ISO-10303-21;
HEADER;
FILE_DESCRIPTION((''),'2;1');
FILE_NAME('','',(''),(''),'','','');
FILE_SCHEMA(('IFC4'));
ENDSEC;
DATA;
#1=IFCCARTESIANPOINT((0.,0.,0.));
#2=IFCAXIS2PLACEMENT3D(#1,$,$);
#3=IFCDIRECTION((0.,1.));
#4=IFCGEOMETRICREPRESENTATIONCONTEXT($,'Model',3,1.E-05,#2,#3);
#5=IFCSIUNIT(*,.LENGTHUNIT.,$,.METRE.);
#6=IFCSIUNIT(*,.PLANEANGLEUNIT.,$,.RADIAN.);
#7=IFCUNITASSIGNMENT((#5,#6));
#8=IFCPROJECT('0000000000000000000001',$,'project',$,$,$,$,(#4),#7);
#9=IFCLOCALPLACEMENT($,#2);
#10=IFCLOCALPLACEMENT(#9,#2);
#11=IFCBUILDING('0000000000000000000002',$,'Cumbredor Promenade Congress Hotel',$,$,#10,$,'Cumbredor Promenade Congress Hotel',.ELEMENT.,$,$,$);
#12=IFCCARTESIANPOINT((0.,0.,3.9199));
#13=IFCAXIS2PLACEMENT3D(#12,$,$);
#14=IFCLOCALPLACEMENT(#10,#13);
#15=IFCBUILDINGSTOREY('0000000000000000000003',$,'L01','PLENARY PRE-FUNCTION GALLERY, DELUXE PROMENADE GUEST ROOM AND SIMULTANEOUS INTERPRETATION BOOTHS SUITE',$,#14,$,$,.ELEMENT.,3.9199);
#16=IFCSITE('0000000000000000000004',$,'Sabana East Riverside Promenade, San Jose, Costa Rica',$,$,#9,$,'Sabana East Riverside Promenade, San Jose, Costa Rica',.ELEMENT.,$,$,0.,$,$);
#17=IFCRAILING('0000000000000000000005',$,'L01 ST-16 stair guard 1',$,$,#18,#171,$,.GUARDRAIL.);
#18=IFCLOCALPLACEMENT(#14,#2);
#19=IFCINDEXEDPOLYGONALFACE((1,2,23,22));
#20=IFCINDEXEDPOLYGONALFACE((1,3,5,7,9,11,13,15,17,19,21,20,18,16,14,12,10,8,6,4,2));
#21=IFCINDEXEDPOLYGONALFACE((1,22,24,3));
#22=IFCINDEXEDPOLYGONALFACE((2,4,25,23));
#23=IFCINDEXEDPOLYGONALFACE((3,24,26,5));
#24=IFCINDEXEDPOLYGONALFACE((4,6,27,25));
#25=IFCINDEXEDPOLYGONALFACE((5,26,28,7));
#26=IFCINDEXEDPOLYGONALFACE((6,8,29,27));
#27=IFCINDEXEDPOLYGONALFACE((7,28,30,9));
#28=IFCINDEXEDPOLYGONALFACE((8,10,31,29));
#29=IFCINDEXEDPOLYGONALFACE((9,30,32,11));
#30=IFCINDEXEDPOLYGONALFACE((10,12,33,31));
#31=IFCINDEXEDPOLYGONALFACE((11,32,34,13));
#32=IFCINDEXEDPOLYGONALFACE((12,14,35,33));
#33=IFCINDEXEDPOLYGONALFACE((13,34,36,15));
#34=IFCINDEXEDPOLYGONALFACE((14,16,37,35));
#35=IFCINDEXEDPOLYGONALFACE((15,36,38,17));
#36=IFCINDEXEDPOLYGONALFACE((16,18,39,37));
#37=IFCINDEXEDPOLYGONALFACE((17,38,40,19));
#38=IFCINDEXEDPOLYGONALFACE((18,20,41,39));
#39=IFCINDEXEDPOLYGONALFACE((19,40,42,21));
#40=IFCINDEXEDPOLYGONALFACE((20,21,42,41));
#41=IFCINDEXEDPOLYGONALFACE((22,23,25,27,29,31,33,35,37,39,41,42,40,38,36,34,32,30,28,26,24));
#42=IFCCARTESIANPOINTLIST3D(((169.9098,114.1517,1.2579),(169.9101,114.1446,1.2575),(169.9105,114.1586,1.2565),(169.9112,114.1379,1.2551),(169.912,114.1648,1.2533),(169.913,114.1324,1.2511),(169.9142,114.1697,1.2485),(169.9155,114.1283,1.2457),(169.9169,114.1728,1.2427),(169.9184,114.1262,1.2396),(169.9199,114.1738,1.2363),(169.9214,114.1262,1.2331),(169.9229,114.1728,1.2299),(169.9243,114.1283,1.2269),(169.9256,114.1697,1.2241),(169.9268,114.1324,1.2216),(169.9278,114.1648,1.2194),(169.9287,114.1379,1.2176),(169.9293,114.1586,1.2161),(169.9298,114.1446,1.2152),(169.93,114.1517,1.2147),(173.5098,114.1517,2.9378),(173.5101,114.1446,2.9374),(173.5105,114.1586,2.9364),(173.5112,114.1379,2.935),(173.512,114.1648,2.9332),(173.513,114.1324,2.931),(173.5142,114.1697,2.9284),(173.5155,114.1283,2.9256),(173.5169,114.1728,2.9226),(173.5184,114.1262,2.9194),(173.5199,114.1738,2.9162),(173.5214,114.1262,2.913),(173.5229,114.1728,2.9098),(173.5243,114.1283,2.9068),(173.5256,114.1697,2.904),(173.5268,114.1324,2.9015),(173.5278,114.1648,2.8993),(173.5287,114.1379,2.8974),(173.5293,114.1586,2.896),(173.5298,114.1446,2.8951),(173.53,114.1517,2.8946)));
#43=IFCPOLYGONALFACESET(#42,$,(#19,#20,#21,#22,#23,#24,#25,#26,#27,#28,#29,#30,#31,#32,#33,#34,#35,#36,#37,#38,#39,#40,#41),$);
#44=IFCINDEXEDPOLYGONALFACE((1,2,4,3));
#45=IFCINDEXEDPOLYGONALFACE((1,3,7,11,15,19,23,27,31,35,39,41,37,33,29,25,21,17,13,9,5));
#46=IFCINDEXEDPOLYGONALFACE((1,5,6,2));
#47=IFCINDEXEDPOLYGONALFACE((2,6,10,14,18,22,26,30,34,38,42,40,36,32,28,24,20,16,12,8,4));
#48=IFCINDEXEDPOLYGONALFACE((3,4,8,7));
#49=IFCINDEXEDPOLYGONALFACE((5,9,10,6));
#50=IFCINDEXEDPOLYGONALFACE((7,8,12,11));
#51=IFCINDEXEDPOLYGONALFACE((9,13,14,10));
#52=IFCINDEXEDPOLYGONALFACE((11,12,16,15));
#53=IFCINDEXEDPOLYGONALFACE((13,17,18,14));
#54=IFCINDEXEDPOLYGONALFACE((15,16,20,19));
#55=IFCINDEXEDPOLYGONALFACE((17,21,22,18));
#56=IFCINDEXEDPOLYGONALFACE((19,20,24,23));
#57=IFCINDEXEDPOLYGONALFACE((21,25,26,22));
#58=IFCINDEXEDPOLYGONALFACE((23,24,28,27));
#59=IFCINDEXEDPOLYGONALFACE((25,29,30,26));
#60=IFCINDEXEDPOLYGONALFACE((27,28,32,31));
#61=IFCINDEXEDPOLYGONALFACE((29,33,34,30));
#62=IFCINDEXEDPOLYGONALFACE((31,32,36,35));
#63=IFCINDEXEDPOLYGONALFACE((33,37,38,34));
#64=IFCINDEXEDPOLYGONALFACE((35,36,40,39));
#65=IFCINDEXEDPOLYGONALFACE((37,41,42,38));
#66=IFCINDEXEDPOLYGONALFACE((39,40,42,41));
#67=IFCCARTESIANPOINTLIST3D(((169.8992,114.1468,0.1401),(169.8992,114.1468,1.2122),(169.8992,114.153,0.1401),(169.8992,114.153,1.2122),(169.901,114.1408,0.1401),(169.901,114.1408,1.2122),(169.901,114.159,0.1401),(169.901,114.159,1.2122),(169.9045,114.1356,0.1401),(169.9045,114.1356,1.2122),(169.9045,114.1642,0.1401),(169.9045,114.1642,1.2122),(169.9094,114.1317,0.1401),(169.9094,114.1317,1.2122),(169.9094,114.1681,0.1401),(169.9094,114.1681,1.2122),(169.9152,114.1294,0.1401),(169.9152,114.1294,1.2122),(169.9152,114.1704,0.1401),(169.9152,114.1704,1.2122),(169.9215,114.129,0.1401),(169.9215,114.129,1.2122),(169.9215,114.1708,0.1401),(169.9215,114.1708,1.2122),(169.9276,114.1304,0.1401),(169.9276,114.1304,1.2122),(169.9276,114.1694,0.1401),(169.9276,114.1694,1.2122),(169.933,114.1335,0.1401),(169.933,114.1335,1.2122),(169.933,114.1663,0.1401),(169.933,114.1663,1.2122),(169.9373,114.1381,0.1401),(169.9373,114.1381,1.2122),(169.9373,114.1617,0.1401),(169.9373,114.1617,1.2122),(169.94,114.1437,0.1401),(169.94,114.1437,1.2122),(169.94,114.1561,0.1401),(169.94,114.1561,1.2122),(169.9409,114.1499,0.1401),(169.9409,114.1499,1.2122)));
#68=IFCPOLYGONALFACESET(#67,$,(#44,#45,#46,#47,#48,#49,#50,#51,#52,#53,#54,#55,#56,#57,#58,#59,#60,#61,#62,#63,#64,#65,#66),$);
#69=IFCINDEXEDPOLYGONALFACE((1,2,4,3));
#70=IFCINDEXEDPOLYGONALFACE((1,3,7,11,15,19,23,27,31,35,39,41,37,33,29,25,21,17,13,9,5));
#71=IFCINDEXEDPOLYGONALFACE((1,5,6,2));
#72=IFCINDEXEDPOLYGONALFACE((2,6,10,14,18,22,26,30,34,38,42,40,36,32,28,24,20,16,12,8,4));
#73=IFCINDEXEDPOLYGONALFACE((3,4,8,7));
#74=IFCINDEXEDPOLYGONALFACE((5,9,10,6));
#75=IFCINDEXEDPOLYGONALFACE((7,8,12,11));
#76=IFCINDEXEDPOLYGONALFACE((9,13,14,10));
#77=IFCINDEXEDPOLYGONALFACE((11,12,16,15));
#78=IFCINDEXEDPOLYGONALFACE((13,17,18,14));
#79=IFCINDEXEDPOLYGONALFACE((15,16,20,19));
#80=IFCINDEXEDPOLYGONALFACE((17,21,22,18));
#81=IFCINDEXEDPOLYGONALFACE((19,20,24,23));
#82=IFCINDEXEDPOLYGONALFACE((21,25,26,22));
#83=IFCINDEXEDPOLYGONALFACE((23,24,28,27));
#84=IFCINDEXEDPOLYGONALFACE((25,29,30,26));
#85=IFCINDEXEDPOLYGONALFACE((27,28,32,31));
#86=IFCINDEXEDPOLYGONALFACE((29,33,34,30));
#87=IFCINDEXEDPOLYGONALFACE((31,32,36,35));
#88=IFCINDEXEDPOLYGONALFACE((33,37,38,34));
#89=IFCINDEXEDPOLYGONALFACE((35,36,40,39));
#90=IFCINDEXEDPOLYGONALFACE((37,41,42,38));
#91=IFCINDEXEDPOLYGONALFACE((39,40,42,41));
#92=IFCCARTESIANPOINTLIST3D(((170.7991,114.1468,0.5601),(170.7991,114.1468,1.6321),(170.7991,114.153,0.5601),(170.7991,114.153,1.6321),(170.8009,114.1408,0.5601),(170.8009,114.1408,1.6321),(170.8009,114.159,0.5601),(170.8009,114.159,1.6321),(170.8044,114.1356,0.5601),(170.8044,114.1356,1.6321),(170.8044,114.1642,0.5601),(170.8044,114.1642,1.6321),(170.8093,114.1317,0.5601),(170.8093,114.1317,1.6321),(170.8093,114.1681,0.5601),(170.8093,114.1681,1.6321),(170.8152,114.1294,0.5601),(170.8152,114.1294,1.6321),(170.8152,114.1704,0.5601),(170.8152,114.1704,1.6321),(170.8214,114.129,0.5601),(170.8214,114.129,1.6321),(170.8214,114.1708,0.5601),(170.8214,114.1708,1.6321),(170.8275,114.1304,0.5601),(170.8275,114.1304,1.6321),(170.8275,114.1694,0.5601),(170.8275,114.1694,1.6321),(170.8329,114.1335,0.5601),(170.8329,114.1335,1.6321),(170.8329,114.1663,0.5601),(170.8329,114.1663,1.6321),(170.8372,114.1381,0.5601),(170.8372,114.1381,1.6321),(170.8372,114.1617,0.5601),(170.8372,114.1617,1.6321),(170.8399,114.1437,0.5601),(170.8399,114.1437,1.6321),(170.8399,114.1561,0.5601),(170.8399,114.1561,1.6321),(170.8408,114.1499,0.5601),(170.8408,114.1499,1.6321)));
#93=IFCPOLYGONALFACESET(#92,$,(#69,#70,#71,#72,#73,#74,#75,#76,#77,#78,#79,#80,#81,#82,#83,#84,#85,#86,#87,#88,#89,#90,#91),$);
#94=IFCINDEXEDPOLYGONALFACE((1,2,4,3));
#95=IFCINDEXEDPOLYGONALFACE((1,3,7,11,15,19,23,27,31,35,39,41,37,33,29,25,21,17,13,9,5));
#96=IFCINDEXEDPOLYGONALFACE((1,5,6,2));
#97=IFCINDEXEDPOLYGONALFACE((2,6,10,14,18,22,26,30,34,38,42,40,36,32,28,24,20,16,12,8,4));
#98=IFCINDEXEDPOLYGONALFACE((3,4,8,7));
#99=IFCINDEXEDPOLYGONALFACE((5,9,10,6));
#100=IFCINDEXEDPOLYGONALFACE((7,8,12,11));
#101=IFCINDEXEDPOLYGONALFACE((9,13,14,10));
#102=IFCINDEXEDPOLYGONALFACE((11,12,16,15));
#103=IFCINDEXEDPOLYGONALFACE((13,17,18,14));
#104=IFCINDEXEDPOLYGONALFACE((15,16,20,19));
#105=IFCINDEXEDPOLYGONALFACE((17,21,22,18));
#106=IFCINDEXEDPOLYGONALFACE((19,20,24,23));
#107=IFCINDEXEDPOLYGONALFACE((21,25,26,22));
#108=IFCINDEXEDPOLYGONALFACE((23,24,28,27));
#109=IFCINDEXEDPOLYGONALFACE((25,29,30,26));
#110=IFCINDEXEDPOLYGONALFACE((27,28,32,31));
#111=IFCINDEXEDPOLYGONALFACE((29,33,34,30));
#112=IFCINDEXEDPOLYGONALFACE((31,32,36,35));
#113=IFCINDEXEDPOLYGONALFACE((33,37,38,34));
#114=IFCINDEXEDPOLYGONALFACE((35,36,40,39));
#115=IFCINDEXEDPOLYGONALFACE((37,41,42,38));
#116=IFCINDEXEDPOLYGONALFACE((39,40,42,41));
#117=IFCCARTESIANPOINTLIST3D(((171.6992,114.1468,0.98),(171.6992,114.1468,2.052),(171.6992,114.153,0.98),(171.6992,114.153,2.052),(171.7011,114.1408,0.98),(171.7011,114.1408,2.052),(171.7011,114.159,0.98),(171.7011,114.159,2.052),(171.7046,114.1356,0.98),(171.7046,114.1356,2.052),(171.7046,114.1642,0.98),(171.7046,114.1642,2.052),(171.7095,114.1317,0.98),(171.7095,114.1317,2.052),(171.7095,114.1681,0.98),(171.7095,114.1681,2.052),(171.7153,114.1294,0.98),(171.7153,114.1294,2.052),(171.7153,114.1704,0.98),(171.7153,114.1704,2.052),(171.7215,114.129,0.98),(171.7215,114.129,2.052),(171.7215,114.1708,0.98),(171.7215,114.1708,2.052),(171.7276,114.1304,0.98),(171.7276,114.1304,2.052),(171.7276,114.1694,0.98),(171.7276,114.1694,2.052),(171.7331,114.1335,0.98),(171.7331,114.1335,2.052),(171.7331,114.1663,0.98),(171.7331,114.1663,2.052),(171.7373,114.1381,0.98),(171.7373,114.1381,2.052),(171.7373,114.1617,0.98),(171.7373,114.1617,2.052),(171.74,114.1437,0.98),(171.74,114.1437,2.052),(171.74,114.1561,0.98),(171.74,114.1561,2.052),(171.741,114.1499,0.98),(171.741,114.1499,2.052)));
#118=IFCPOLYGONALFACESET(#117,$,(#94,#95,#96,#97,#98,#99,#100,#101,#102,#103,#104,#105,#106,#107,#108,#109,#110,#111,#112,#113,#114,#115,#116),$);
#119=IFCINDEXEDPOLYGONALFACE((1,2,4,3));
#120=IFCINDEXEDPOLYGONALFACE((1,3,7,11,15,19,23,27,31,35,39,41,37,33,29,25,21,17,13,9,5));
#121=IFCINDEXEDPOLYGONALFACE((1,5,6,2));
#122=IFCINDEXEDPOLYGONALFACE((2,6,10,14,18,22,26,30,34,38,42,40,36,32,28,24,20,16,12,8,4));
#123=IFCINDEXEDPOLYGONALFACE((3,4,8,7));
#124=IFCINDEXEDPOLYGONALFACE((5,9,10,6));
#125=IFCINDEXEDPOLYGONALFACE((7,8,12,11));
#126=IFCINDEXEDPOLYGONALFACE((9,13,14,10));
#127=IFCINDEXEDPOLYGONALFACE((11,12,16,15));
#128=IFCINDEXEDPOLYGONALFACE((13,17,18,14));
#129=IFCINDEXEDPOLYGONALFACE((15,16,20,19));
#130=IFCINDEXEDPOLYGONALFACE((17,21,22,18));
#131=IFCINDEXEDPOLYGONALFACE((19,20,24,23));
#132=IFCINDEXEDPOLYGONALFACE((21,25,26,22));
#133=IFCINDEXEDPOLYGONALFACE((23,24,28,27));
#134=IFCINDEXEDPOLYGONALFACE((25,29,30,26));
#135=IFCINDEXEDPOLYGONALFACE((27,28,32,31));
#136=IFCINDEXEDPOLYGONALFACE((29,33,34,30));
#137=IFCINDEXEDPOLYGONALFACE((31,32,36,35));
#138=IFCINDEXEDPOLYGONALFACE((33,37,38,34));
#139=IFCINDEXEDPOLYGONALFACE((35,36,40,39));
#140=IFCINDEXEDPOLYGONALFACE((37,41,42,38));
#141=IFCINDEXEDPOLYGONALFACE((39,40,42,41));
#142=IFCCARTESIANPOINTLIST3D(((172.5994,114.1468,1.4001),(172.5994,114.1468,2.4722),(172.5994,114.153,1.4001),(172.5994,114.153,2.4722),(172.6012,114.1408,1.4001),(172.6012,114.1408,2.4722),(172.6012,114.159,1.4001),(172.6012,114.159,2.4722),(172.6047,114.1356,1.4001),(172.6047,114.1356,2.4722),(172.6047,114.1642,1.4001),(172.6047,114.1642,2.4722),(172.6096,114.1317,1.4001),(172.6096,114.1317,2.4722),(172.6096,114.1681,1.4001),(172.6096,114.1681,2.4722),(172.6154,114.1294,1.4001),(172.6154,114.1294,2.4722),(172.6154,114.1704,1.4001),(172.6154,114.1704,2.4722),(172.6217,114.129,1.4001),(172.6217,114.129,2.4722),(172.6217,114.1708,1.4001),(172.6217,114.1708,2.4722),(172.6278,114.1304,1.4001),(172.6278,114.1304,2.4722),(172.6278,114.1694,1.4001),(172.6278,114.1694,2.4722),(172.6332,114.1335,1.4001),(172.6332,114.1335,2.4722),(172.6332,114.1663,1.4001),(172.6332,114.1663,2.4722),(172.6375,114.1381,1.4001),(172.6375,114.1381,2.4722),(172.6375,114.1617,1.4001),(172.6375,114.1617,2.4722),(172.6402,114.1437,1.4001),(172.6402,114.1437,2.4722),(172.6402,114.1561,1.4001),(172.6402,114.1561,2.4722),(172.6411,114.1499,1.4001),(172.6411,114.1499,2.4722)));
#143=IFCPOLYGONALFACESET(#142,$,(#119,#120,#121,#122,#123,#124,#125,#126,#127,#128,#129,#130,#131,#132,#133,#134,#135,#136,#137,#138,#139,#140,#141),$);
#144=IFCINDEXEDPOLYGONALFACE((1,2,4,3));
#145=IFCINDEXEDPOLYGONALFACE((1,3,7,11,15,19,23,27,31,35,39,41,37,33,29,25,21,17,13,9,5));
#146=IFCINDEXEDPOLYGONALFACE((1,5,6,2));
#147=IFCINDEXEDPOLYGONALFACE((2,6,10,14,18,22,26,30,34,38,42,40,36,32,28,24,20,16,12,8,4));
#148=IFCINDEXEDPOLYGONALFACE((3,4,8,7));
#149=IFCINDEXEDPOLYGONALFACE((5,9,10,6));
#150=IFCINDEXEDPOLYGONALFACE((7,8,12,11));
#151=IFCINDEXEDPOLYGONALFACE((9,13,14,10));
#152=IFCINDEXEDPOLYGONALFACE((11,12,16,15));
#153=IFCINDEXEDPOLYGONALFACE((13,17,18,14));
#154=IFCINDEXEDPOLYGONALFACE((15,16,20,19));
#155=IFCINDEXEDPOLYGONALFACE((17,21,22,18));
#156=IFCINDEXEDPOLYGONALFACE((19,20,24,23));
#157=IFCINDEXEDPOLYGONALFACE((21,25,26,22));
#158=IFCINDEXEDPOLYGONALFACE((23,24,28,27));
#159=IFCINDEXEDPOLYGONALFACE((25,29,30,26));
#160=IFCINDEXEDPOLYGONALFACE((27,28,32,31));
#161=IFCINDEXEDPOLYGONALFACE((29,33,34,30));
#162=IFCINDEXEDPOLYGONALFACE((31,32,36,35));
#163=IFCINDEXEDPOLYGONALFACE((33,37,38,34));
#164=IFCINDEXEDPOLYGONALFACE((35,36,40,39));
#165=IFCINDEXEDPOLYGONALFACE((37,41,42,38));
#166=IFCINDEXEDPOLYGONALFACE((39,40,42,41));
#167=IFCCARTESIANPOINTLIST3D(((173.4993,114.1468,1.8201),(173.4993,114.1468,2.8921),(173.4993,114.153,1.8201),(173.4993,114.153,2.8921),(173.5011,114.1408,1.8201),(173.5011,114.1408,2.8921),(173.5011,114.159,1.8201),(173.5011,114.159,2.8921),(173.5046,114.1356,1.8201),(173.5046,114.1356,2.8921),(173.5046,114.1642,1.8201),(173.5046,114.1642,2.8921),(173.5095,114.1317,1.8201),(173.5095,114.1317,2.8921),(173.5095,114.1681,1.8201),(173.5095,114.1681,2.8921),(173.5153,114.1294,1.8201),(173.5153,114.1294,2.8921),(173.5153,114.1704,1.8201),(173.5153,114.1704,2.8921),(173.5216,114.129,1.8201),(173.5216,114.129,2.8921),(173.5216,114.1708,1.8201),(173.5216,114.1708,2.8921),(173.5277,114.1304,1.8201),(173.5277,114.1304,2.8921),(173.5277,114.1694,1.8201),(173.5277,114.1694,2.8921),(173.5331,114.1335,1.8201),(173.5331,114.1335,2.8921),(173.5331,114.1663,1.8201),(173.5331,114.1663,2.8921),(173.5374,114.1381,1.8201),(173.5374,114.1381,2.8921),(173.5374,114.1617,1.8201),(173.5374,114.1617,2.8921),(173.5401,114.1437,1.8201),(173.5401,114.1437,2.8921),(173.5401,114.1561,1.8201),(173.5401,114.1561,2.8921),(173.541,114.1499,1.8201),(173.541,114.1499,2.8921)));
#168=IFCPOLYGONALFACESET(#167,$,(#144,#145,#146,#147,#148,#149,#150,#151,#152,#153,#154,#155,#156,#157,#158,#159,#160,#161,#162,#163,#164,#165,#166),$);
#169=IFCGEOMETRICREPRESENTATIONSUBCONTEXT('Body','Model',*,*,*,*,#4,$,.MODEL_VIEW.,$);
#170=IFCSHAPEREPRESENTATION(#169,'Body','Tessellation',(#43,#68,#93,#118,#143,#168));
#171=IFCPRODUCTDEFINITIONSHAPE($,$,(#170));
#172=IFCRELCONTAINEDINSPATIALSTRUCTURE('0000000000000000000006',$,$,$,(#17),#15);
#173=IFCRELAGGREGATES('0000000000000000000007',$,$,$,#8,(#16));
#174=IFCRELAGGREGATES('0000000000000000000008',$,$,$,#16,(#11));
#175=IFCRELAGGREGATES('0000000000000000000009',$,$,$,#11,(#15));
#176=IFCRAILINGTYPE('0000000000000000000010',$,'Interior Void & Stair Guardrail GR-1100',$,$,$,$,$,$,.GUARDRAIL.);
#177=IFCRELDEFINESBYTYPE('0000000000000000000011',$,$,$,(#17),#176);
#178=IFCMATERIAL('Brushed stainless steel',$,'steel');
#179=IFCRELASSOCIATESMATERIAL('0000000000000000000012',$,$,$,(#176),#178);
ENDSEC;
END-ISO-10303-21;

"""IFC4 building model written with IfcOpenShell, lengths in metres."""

from ifc_helpers import new_model, si_unit, direction, frame, origin, origin_2d, place, context, subcontext, project, spatial, circle, extrude, material, type_object, element, save


model = new_model("IFC4")

# Units and contexts
model_context = context("Model", 3, precision=1e-05, world=origin(), true_north=direction((0.0, 1.0)))
body_context = subcontext(model_context, "Body", "Model", "MODEL_VIEW")
ifc_project = project(units=[si_unit("LENGTHUNIT", "METRE"), si_unit("PLANEANGLEUNIT", "RADIAN")], contexts=[model_context])

# Site, building, storey
site_placement = place(None, origin())
site = spatial("IfcSite", under=ifc_project, at=site_placement, Name="Sabana East Riverside Promenade, San Jose, Costa Rica", LongName="Sabana East Riverside Promenade, San Jose, Costa Rica", CompositionType="ELEMENT", RefElevation=0.0)
building_placement = place(site_placement, origin())
building = spatial("IfcBuilding", under=site, at=building_placement, Name="Cumbredor Promenade Congress Hotel", LongName="Cumbredor Promenade Congress Hotel", CompositionType="ELEMENT")
storey_placement = place(building_placement, frame((0.0, 0.0, 3.9199)))
storey = spatial("IfcBuildingStorey", under=building, at=storey_placement, Name="L01", Description="PLENARY PRE-FUNCTION GALLERY, DELUXE PROMENADE GUEST ROOM AND SIMULTANEOUS INTERPRETATION BOOTHS SUITE", CompositionType="ELEMENT", Elevation=3.9199)

# Railing
ifc_material_1 = material(Name="Brushed stainless steel", Category="steel")
railing_type_1 = type_object("IfcRailingType", Name="Interior Void & Stair Guardrail GR-1100", PredefinedType="GUARDRAIL", material=ifc_material_1)
railing_1_placement = place(storey_placement, frame((169.9199, 114.1499, 0.1401)))
element("IfcRailing", 1, at=railing_1_placement, inside=storey, type_object=railing_type_1, Name="L01 ST-16 stair guard 1", PredefinedType="GUARDRAIL", context=body_context, shape_type="SweptSolid", body=[
    extrude(circle(Radius=0.0239, at=origin_2d()), frame((0.0, 0.0, 1.0962), z_axis=(0.906194, 0.0, 0.422862), x_axis=(0.0, 1.0, 0.0)), (0.0, 0.0, 1.0), 3.9727),
    extrude(circle(Radius=0.021, at=origin_2d()), origin(), (0.0, 0.0, 1.0), 1.072),
    extrude(circle(Radius=0.021, at=origin_2d()), frame((0.8999, 0.0, 0.4199)), (0.0, 0.0, 1.0), 1.072),
    extrude(circle(Radius=0.021, at=origin_2d()), frame((1.8, 0.0, 0.8398)), (0.0, 0.0, 1.0), 1.072),
    extrude(circle(Radius=0.021, at=origin_2d()), frame((2.7002, 0.0, 1.26)), (0.0, 0.0, 1.0), 1.072),
    extrude(circle(Radius=0.021, at=origin_2d()), frame((3.6001, 0.0, 1.6799)), (0.0, 0.0, 1.0), 1.072),
])

save(model, "model.ifc")
